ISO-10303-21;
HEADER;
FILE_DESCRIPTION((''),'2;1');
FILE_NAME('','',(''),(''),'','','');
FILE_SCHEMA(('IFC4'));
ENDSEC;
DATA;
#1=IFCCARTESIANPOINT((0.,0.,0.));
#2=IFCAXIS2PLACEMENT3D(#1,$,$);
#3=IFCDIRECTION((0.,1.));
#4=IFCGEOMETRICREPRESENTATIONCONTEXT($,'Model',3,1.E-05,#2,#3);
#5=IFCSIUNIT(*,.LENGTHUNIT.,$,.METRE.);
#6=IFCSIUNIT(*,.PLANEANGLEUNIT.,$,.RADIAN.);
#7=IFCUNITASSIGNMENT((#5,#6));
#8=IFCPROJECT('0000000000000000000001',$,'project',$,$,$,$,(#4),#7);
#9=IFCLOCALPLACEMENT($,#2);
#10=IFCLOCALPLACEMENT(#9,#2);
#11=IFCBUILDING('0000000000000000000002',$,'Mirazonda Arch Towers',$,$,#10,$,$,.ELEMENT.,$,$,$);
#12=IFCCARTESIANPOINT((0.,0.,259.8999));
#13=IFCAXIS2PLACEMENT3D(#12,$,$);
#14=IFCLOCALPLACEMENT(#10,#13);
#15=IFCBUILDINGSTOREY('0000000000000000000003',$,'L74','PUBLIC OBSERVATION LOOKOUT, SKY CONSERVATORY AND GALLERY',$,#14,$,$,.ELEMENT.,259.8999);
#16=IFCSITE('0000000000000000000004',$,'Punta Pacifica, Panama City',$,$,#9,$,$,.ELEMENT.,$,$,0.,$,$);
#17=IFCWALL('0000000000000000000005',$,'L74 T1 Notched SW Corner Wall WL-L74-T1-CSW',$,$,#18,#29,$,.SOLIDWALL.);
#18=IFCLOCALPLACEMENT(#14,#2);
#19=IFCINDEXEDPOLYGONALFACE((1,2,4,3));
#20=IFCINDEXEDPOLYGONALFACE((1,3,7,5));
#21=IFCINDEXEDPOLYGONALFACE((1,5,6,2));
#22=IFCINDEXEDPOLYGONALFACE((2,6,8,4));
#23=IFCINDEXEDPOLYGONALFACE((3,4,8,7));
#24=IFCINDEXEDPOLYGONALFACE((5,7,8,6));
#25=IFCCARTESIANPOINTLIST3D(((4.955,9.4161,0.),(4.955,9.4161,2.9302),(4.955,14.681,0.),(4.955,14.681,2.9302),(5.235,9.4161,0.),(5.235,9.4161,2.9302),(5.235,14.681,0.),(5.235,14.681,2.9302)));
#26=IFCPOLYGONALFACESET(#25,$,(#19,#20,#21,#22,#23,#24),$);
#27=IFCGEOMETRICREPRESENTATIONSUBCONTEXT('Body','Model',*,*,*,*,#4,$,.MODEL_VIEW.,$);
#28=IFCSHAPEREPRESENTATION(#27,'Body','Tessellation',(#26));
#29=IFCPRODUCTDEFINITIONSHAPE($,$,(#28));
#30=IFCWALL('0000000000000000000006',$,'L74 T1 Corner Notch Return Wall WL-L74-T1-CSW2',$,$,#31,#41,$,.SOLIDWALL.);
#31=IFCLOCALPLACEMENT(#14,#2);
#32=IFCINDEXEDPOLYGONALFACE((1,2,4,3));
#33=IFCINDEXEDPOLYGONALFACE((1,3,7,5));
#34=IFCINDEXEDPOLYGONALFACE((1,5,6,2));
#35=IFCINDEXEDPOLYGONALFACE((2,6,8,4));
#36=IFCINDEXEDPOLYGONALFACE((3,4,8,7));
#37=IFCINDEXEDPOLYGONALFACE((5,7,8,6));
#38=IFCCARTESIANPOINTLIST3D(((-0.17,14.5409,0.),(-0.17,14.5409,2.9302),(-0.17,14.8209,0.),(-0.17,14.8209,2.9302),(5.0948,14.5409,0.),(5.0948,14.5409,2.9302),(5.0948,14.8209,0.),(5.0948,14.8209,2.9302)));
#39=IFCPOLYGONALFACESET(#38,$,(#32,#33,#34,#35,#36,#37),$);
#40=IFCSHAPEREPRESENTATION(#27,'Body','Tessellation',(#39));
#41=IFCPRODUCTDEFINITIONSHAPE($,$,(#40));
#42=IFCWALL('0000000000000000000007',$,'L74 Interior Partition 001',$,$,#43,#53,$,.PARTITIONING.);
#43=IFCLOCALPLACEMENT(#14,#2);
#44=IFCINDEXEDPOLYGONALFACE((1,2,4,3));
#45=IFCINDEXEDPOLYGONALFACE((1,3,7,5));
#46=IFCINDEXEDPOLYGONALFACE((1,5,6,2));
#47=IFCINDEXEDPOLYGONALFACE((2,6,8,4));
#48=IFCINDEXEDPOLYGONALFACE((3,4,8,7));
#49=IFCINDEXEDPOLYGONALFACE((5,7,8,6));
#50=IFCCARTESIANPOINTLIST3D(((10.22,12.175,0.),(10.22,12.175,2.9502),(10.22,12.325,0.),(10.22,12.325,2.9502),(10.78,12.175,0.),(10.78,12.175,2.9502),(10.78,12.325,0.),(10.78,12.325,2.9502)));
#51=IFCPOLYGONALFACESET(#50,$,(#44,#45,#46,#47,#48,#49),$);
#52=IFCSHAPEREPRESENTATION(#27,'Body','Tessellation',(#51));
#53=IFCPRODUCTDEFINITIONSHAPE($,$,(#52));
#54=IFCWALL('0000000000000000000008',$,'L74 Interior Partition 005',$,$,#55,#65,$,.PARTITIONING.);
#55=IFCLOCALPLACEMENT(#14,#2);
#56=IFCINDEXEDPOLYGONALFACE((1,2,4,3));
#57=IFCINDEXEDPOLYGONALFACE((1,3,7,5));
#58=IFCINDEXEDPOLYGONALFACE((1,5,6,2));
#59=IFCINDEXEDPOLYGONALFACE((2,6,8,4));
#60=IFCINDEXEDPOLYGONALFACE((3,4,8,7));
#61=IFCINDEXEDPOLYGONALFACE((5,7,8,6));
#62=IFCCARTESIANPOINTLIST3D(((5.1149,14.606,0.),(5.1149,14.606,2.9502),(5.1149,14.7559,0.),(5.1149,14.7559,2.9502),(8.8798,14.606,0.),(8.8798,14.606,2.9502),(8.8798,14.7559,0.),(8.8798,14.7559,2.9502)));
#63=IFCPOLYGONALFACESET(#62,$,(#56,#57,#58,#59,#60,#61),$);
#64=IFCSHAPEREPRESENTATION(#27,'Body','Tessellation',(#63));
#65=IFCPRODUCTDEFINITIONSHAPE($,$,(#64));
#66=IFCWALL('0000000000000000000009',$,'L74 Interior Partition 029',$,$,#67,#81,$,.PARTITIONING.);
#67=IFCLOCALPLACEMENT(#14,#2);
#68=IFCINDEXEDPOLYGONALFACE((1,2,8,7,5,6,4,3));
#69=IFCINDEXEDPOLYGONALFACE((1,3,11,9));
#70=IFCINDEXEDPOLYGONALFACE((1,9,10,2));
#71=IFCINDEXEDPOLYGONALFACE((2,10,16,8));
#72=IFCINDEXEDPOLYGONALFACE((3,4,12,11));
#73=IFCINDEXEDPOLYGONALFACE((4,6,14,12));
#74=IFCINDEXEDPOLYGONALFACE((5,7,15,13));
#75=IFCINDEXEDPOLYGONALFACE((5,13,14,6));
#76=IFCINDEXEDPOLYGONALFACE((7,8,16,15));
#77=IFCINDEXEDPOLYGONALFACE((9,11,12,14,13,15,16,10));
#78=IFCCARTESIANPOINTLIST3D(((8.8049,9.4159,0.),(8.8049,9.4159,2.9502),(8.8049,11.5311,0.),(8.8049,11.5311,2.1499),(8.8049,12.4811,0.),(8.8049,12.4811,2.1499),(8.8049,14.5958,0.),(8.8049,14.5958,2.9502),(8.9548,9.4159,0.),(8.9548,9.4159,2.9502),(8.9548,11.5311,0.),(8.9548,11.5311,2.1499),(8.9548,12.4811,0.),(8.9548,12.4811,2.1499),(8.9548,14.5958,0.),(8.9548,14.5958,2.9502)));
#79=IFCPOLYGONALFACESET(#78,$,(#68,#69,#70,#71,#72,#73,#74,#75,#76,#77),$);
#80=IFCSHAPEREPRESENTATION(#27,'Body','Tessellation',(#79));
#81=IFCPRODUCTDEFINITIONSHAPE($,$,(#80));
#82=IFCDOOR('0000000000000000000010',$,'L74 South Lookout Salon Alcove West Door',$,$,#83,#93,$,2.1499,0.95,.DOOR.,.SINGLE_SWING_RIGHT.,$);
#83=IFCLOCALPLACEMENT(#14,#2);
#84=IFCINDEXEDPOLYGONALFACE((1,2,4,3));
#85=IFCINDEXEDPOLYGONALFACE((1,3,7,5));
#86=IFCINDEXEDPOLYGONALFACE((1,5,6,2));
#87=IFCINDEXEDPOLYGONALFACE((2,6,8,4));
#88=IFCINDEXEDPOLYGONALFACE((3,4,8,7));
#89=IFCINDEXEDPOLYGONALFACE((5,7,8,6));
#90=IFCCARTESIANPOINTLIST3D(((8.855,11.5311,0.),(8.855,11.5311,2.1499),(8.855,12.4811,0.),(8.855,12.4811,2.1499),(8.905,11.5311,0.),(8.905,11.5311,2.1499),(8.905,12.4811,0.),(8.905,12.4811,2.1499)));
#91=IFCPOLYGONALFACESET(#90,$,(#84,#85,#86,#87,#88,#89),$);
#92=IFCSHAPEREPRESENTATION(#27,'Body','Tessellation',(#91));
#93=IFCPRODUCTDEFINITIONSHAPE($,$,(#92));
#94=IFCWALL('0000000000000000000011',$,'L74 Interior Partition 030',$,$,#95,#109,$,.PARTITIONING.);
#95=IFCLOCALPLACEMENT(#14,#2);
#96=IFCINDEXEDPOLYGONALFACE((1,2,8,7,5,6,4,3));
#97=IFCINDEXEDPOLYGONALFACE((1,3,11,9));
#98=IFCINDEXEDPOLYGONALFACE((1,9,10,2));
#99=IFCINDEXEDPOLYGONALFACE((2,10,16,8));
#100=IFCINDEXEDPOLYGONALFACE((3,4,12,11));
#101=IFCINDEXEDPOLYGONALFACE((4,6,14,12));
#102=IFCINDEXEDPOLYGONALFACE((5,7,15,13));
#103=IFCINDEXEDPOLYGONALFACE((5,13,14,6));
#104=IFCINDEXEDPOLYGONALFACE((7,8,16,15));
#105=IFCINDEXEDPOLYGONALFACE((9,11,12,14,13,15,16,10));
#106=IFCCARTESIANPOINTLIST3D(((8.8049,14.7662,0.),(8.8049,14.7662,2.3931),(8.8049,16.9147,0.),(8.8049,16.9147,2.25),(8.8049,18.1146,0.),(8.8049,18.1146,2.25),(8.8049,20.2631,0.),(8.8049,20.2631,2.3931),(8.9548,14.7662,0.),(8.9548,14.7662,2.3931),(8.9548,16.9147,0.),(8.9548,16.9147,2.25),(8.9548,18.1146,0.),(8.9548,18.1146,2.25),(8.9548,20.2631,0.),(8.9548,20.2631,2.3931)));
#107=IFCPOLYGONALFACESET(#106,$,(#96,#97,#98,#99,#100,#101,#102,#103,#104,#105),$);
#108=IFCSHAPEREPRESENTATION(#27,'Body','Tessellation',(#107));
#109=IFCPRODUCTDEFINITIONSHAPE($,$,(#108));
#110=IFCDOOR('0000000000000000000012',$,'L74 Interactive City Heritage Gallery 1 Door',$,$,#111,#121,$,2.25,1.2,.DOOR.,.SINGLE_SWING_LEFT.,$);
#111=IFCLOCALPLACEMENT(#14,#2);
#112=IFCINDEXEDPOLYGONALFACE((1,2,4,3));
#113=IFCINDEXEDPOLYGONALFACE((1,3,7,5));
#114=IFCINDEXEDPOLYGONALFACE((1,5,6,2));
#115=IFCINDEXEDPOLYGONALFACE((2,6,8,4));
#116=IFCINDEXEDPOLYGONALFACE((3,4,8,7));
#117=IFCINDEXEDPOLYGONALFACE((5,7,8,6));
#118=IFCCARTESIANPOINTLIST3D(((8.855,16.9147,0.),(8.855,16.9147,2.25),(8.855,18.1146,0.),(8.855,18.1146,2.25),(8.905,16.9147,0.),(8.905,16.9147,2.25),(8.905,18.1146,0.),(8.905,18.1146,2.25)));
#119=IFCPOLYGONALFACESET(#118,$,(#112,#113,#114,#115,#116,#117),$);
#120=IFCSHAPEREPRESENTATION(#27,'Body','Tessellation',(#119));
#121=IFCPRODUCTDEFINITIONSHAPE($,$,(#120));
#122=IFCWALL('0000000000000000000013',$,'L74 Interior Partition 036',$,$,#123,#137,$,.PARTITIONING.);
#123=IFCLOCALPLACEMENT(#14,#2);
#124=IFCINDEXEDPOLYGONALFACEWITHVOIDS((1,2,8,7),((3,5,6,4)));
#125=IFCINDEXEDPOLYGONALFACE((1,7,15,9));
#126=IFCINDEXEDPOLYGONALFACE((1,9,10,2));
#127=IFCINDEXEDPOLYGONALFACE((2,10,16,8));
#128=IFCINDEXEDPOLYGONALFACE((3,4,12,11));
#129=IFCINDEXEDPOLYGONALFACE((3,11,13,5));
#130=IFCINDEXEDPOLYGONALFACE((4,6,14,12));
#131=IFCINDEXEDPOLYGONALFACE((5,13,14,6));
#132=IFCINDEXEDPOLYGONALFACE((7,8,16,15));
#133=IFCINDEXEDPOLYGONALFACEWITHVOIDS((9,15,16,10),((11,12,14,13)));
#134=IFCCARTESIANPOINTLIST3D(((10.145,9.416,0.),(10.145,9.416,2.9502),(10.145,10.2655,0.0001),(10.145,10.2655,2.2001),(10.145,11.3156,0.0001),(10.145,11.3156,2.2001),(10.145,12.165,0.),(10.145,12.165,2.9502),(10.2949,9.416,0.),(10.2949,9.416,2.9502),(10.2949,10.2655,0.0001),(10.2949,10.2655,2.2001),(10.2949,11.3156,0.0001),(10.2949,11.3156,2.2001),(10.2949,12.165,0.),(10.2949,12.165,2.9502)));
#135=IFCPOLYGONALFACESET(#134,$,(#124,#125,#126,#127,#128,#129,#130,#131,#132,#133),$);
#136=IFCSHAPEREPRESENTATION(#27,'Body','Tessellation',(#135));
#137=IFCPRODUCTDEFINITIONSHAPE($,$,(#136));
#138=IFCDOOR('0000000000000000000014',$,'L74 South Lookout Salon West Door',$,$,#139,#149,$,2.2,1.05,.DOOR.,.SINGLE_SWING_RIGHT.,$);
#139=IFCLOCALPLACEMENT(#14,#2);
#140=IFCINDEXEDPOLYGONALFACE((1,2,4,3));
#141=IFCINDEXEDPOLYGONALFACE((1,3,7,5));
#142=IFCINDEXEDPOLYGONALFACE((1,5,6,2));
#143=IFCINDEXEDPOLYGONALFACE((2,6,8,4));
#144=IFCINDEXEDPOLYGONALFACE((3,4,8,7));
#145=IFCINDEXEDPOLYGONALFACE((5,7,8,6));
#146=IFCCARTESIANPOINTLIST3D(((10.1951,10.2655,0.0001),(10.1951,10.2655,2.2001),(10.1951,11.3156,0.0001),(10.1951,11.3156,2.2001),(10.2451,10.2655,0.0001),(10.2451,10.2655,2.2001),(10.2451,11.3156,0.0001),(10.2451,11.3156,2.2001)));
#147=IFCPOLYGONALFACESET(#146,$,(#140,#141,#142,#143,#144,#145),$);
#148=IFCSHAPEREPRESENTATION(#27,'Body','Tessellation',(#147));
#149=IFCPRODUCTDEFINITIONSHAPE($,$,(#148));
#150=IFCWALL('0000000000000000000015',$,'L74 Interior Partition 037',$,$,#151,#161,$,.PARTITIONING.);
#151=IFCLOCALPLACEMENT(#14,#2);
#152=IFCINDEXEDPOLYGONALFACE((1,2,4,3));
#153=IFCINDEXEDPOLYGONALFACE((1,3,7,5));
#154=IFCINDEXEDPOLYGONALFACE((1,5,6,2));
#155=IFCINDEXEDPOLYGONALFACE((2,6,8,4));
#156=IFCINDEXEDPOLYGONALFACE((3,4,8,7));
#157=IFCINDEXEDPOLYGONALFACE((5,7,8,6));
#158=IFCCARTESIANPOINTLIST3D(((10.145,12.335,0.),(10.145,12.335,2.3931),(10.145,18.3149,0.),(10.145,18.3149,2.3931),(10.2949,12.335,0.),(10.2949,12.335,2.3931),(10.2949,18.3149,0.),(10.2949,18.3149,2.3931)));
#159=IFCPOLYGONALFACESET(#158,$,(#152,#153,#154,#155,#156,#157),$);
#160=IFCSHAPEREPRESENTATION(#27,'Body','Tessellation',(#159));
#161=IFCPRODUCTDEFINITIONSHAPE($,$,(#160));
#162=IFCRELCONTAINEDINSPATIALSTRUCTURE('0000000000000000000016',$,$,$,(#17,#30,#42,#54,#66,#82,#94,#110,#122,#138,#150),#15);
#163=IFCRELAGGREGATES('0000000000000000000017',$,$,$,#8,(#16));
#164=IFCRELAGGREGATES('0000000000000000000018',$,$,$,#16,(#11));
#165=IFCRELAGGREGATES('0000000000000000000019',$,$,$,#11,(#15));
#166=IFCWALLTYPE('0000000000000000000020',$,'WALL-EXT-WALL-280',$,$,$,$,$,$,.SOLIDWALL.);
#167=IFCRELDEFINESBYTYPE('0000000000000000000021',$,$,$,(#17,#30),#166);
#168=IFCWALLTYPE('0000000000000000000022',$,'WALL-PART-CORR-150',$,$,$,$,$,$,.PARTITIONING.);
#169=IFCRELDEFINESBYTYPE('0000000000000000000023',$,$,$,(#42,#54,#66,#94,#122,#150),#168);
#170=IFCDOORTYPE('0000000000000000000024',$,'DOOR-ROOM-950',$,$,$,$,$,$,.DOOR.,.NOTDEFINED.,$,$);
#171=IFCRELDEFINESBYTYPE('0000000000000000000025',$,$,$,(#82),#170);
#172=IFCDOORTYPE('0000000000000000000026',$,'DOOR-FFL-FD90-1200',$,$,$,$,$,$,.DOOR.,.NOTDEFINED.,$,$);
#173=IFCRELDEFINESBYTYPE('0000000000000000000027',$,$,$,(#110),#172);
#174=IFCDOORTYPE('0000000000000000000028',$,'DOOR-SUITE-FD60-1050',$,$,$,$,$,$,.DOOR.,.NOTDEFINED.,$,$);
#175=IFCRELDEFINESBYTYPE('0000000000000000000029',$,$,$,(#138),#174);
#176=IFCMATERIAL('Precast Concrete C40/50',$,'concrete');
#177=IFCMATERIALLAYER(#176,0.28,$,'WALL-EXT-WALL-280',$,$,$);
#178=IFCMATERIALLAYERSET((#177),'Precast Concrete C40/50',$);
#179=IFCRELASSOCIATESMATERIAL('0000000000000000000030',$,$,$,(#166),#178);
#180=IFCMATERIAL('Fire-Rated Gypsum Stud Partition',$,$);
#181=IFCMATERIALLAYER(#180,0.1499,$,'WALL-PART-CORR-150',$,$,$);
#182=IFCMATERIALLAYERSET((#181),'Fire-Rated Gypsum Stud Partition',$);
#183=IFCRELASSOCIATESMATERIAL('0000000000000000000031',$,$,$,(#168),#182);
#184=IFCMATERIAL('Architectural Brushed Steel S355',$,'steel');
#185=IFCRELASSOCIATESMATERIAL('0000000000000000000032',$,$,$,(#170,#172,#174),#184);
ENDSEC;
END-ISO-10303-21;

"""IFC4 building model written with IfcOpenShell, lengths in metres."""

from ifc_helpers import new_model, si_unit, direction, frame, frame_2d, origin, place, context, subcontext, project, spatial, rectangle, extrude, material, layer, layer_set, type_object, element, fill, save


model = new_model("IFC4")

# Units and contexts
model_context = context("Model", 3, precision=1e-05, world=origin(), true_north=direction((0.0, 1.0)))
body_context = subcontext(model_context, "Body", "Model", "MODEL_VIEW")
ifc_project = project(units=[si_unit("LENGTHUNIT", "METRE"), si_unit("PLANEANGLEUNIT", "RADIAN")], contexts=[model_context])

# Site, building, storey
site_placement = place(None, origin())
site = spatial("IfcSite", under=ifc_project, at=site_placement, Name="Punta Pacifica, Panama City", CompositionType="ELEMENT", RefElevation=0.0)
building_placement = place(site_placement, origin())
building = spatial("IfcBuilding", under=site, at=building_placement, Name="Mirazonda Arch Towers", CompositionType="ELEMENT")
storey_placement = place(building_placement, frame((0.0, 0.0, 259.8999)))
storey = spatial("IfcBuildingStorey", under=building, at=storey_placement, Name="L74", Description="PUBLIC OBSERVATION LOOKOUT, SKY CONSERVATORY AND GALLERY", CompositionType="ELEMENT", Elevation=259.8999)

# Walls
ifc_material_1 = material(Name="Precast Concrete C40/50", Category="concrete")
ifc_layer_1 = layer(ifc_material_1, 0.28, Name="WALL-EXT-WALL-280")
ifc_layer_set_1 = layer_set([ifc_layer_1], Name="Precast Concrete C40/50")
wall_type_1 = type_object("IfcWallType", Name="WALL-EXT-WALL-280", PredefinedType="SOLIDWALL", material=ifc_layer_set_1)
for number, where, z_axis, x_axis, name in (
    (1, (5.095, 14.6809, 0.0), (0.0, 0.0, 1.0), (0.0, -1.0, 0.0), "L74 T1 Notched SW Corner Wall WL-L74-T1-CSW"),
    (2, (-0.1699, 14.6809, 0.0), (0.0, 0.0, 1.0), (1.0, 0.0, 0.0), "L74 T1 Corner Notch Return Wall WL-L74-T1-CSW2"),
):
    element("IfcWall", number, at=place(storey_placement, frame(where, z_axis=z_axis, x_axis=x_axis)), inside=storey, type_object=wall_type_1, Name=name, PredefinedType="SOLIDWALL", context=body_context, shape_type="SweptSolid", body=[
        extrude(rectangle(XDim=5.2649, YDim=0.28, at=frame_2d((2.6323, 0.0))), origin(), (0.0, 0.0, 1.0), 2.9302),
    ])
ifc_material_2 = material(Name="Fire-Rated Gypsum Stud Partition")
ifc_layer_2 = layer(ifc_material_2, 0.1499, Name="WALL-PART-CORR-150")
ifc_layer_set_2 = layer_set([ifc_layer_2], Name="Fire-Rated Gypsum Stud Partition")
wall_type_2 = type_object("IfcWallType", Name="WALL-PART-CORR-150", PredefinedType="PARTITIONING", material=ifc_layer_set_2)
wall_1_placement = place(storey_placement, frame((10.22, 12.25, 0.0), z_axis=(0.0, 0.0, 1.0), x_axis=(1.0, 0.0, 0.0)))
element("IfcWall", 3, at=wall_1_placement, inside=storey, type_object=wall_type_2, Name="L74 Interior Partition 001", PredefinedType="PARTITIONING", context=body_context, shape_type="SweptSolid", body=[
    extrude(rectangle(XDim=0.5601, YDim=0.1499, at=frame_2d((0.28, 0.0))), origin(), (0.0, 0.0, 1.0), 2.9502),
])
wall_2_placement = place(storey_placement, frame((5.115, 14.6809, 0.0), z_axis=(0.0, 0.0, 1.0), x_axis=(1.0, 0.0, 0.0)))
element("IfcWall", 4, at=wall_2_placement, inside=storey, type_object=wall_type_2, Name="L74 Interior Partition 005", PredefinedType="PARTITIONING", context=body_context, shape_type="SweptSolid", body=[
    extrude(rectangle(XDim=3.7649, YDim=0.1499, at=frame_2d((1.8823, 0.0))), origin(), (0.0, 0.0, 1.0), 2.9502),
])

# Walls, openings, doors
wall_3_placement = place(storey_placement, frame((8.8799, 9.416, 0.0), z_axis=(0.0, 0.0, 1.0), x_axis=(0.0, 1.0, 0.0)))
wall_3 = element("IfcWall", 5, at=wall_3_placement, inside=storey, type_object=wall_type_2, Name="L74 Interior Partition 029", PredefinedType="PARTITIONING", context=body_context, shape_type="SweptSolid", body=[
    extrude(rectangle(XDim=5.1799, YDim=0.1499, at=frame_2d((2.5898, 0.0))), origin(), (0.0, 0.0, 1.0), 2.9502),
])
opening_1_placement = place(wall_3_placement, frame((2.115, 0.0, 0.0)))
opening_1 = element("IfcOpeningElement", 6, at=opening_1_placement, cuts=wall_3, PredefinedType="OPENING", context=body_context, shape_type="SweptSolid", body=[
    extrude(rectangle(XDim=0.95, YDim=2.1499, at=frame_2d((0.4751, 1.075))), frame((0.0, 0.085, 0.0), z_axis=(0.0, -1.0, 0.0), x_axis=(1.0, 0.0, 0.0)), (0.0, 0.0, 1.0), 0.1699),
])
ifc_material_3 = material(Name="Architectural Brushed Steel S355", Category="steel")
door_type_1 = type_object("IfcDoorType", Name="DOOR-ROOM-950", OperationType="NOTDEFINED", PredefinedType="DOOR", material=ifc_material_3)
door_1_placement = place(opening_1_placement, origin())
door_1 = element("IfcDoor", 7, at=door_1_placement, inside=storey, type_object=door_type_1, Name="L74 South Lookout Salon Alcove West Door", OperationType="SINGLE_SWING_RIGHT", OverallHeight=2.1499, OverallWidth=0.95, PredefinedType="DOOR", context=body_context, shape_type="SweptSolid", body=[
    extrude(rectangle(XDim=0.95, YDim=2.1499, at=frame_2d((0.4751, 1.075))), frame((0.0, 0.0249, 0.0), z_axis=(0.0, -1.0, 0.0), x_axis=(1.0, 0.0, 0.0)), (0.0, 0.0, 1.0), 0.05),
])
fill(opening_1, door_1)
wall_4_placement = place(storey_placement, frame((8.8799, 14.7661, 0.0), z_axis=(0.0, 0.0, 1.0), x_axis=(0.0, 1.0, 0.0)))
wall_4 = element("IfcWall", 8, at=wall_4_placement, inside=storey, type_object=wall_type_2, Name="L74 Interior Partition 030", PredefinedType="PARTITIONING", context=body_context, shape_type="SweptSolid", body=[
    extrude(rectangle(XDim=5.4968, YDim=0.1499, at=frame_2d((2.7485, 0.0))), origin(), (0.0, 0.0, 1.0), 2.3931),
])
opening_2_placement = place(wall_4_placement, frame((2.1484, 0.0, 0.0)))
opening_2 = element("IfcOpeningElement", 9, at=opening_2_placement, cuts=wall_4, PredefinedType="OPENING", context=body_context, shape_type="SweptSolid", body=[
    extrude(rectangle(XDim=1.2, YDim=2.25, at=frame_2d((0.6001, 1.125))), frame((0.0, 0.085, 0.0), z_axis=(0.0, -1.0, 0.0), x_axis=(1.0, 0.0, 0.0)), (0.0, 0.0, 1.0), 0.1699),
])
door_type_2 = type_object("IfcDoorType", Name="DOOR-FFL-FD90-1200", OperationType="NOTDEFINED", PredefinedType="DOOR", material=ifc_material_3)
door_2_placement = place(opening_2_placement, origin())
door_2 = element("IfcDoor", 10, at=door_2_placement, inside=storey, type_object=door_type_2, Name="L74 Interactive City Heritage Gallery 1 Door", OperationType="SINGLE_SWING_LEFT", OverallHeight=2.25, OverallWidth=1.2, PredefinedType="DOOR", context=body_context, shape_type="SweptSolid", body=[
    extrude(rectangle(XDim=1.2, YDim=2.25, at=frame_2d((0.6001, 1.125))), frame((0.0, 0.0249, 0.0), z_axis=(0.0, -1.0, 0.0), x_axis=(1.0, 0.0, 0.0)), (0.0, 0.0, 1.0), 0.05),
])
fill(opening_2, door_2)
wall_5_placement = place(storey_placement, frame((10.22, 9.416, 0.0), z_axis=(0.0, 0.0, 1.0), x_axis=(0.0, 1.0, 0.0)))
wall_5 = element("IfcWall", 11, at=wall_5_placement, inside=storey, type_object=wall_type_2, Name="L74 Interior Partition 036", PredefinedType="PARTITIONING", context=body_context, shape_type="SweptSolid", body=[
    extrude(rectangle(XDim=2.749, YDim=0.1499, at=frame_2d((1.3745, 0.0))), origin(), (0.0, 0.0, 1.0), 2.9502),
])
opening_3_placement = place(wall_5_placement, frame((0.8496, 0.0, 0.0)))
opening_3 = element("IfcOpeningElement", 12, at=opening_3_placement, cuts=wall_5, PredefinedType="OPENING", context=body_context, shape_type="SweptSolid", body=[
    extrude(rectangle(XDim=1.05, YDim=2.2, at=frame_2d((0.5249, 1.1001))), frame((0.0, 0.085, 0.0), z_axis=(0.0, -1.0, 0.0), x_axis=(1.0, 0.0, 0.0)), (0.0, 0.0, 1.0), 0.1699),
])
door_type_3 = type_object("IfcDoorType", Name="DOOR-SUITE-FD60-1050", OperationType="NOTDEFINED", PredefinedType="DOOR", material=ifc_material_3)
door_3_placement = place(opening_3_placement, origin())
door_3 = element("IfcDoor", 13, at=door_3_placement, inside=storey, type_object=door_type_3, Name="L74 South Lookout Salon West Door", OperationType="SINGLE_SWING_RIGHT", OverallHeight=2.2, OverallWidth=1.05, PredefinedType="DOOR", context=body_context, shape_type="SweptSolid", body=[
    extrude(rectangle(XDim=1.05, YDim=2.2, at=frame_2d((0.5249, 1.1001))), frame((0.0, 0.0249, 0.0), z_axis=(0.0, -1.0, 0.0), x_axis=(1.0, 0.0, 0.0)), (0.0, 0.0, 1.0), 0.05),
])
fill(opening_3, door_3)

# Wall
wall_6_placement = place(storey_placement, frame((10.22, 12.335, 0.0), z_axis=(0.0, 0.0, 1.0), x_axis=(0.0, 1.0, 0.0)))
element("IfcWall", 14, at=wall_6_placement, inside=storey, type_object=wall_type_2, Name="L74 Interior Partition 037", PredefinedType="PARTITIONING", context=body_context, shape_type="SweptSolid", body=[
    extrude(rectangle(XDim=5.98, YDim=0.1499, at=frame_2d((2.99, 0.0))), origin(), (0.0, 0.0, 1.0), 2.3931),
])

save(model, "model.ifc")
